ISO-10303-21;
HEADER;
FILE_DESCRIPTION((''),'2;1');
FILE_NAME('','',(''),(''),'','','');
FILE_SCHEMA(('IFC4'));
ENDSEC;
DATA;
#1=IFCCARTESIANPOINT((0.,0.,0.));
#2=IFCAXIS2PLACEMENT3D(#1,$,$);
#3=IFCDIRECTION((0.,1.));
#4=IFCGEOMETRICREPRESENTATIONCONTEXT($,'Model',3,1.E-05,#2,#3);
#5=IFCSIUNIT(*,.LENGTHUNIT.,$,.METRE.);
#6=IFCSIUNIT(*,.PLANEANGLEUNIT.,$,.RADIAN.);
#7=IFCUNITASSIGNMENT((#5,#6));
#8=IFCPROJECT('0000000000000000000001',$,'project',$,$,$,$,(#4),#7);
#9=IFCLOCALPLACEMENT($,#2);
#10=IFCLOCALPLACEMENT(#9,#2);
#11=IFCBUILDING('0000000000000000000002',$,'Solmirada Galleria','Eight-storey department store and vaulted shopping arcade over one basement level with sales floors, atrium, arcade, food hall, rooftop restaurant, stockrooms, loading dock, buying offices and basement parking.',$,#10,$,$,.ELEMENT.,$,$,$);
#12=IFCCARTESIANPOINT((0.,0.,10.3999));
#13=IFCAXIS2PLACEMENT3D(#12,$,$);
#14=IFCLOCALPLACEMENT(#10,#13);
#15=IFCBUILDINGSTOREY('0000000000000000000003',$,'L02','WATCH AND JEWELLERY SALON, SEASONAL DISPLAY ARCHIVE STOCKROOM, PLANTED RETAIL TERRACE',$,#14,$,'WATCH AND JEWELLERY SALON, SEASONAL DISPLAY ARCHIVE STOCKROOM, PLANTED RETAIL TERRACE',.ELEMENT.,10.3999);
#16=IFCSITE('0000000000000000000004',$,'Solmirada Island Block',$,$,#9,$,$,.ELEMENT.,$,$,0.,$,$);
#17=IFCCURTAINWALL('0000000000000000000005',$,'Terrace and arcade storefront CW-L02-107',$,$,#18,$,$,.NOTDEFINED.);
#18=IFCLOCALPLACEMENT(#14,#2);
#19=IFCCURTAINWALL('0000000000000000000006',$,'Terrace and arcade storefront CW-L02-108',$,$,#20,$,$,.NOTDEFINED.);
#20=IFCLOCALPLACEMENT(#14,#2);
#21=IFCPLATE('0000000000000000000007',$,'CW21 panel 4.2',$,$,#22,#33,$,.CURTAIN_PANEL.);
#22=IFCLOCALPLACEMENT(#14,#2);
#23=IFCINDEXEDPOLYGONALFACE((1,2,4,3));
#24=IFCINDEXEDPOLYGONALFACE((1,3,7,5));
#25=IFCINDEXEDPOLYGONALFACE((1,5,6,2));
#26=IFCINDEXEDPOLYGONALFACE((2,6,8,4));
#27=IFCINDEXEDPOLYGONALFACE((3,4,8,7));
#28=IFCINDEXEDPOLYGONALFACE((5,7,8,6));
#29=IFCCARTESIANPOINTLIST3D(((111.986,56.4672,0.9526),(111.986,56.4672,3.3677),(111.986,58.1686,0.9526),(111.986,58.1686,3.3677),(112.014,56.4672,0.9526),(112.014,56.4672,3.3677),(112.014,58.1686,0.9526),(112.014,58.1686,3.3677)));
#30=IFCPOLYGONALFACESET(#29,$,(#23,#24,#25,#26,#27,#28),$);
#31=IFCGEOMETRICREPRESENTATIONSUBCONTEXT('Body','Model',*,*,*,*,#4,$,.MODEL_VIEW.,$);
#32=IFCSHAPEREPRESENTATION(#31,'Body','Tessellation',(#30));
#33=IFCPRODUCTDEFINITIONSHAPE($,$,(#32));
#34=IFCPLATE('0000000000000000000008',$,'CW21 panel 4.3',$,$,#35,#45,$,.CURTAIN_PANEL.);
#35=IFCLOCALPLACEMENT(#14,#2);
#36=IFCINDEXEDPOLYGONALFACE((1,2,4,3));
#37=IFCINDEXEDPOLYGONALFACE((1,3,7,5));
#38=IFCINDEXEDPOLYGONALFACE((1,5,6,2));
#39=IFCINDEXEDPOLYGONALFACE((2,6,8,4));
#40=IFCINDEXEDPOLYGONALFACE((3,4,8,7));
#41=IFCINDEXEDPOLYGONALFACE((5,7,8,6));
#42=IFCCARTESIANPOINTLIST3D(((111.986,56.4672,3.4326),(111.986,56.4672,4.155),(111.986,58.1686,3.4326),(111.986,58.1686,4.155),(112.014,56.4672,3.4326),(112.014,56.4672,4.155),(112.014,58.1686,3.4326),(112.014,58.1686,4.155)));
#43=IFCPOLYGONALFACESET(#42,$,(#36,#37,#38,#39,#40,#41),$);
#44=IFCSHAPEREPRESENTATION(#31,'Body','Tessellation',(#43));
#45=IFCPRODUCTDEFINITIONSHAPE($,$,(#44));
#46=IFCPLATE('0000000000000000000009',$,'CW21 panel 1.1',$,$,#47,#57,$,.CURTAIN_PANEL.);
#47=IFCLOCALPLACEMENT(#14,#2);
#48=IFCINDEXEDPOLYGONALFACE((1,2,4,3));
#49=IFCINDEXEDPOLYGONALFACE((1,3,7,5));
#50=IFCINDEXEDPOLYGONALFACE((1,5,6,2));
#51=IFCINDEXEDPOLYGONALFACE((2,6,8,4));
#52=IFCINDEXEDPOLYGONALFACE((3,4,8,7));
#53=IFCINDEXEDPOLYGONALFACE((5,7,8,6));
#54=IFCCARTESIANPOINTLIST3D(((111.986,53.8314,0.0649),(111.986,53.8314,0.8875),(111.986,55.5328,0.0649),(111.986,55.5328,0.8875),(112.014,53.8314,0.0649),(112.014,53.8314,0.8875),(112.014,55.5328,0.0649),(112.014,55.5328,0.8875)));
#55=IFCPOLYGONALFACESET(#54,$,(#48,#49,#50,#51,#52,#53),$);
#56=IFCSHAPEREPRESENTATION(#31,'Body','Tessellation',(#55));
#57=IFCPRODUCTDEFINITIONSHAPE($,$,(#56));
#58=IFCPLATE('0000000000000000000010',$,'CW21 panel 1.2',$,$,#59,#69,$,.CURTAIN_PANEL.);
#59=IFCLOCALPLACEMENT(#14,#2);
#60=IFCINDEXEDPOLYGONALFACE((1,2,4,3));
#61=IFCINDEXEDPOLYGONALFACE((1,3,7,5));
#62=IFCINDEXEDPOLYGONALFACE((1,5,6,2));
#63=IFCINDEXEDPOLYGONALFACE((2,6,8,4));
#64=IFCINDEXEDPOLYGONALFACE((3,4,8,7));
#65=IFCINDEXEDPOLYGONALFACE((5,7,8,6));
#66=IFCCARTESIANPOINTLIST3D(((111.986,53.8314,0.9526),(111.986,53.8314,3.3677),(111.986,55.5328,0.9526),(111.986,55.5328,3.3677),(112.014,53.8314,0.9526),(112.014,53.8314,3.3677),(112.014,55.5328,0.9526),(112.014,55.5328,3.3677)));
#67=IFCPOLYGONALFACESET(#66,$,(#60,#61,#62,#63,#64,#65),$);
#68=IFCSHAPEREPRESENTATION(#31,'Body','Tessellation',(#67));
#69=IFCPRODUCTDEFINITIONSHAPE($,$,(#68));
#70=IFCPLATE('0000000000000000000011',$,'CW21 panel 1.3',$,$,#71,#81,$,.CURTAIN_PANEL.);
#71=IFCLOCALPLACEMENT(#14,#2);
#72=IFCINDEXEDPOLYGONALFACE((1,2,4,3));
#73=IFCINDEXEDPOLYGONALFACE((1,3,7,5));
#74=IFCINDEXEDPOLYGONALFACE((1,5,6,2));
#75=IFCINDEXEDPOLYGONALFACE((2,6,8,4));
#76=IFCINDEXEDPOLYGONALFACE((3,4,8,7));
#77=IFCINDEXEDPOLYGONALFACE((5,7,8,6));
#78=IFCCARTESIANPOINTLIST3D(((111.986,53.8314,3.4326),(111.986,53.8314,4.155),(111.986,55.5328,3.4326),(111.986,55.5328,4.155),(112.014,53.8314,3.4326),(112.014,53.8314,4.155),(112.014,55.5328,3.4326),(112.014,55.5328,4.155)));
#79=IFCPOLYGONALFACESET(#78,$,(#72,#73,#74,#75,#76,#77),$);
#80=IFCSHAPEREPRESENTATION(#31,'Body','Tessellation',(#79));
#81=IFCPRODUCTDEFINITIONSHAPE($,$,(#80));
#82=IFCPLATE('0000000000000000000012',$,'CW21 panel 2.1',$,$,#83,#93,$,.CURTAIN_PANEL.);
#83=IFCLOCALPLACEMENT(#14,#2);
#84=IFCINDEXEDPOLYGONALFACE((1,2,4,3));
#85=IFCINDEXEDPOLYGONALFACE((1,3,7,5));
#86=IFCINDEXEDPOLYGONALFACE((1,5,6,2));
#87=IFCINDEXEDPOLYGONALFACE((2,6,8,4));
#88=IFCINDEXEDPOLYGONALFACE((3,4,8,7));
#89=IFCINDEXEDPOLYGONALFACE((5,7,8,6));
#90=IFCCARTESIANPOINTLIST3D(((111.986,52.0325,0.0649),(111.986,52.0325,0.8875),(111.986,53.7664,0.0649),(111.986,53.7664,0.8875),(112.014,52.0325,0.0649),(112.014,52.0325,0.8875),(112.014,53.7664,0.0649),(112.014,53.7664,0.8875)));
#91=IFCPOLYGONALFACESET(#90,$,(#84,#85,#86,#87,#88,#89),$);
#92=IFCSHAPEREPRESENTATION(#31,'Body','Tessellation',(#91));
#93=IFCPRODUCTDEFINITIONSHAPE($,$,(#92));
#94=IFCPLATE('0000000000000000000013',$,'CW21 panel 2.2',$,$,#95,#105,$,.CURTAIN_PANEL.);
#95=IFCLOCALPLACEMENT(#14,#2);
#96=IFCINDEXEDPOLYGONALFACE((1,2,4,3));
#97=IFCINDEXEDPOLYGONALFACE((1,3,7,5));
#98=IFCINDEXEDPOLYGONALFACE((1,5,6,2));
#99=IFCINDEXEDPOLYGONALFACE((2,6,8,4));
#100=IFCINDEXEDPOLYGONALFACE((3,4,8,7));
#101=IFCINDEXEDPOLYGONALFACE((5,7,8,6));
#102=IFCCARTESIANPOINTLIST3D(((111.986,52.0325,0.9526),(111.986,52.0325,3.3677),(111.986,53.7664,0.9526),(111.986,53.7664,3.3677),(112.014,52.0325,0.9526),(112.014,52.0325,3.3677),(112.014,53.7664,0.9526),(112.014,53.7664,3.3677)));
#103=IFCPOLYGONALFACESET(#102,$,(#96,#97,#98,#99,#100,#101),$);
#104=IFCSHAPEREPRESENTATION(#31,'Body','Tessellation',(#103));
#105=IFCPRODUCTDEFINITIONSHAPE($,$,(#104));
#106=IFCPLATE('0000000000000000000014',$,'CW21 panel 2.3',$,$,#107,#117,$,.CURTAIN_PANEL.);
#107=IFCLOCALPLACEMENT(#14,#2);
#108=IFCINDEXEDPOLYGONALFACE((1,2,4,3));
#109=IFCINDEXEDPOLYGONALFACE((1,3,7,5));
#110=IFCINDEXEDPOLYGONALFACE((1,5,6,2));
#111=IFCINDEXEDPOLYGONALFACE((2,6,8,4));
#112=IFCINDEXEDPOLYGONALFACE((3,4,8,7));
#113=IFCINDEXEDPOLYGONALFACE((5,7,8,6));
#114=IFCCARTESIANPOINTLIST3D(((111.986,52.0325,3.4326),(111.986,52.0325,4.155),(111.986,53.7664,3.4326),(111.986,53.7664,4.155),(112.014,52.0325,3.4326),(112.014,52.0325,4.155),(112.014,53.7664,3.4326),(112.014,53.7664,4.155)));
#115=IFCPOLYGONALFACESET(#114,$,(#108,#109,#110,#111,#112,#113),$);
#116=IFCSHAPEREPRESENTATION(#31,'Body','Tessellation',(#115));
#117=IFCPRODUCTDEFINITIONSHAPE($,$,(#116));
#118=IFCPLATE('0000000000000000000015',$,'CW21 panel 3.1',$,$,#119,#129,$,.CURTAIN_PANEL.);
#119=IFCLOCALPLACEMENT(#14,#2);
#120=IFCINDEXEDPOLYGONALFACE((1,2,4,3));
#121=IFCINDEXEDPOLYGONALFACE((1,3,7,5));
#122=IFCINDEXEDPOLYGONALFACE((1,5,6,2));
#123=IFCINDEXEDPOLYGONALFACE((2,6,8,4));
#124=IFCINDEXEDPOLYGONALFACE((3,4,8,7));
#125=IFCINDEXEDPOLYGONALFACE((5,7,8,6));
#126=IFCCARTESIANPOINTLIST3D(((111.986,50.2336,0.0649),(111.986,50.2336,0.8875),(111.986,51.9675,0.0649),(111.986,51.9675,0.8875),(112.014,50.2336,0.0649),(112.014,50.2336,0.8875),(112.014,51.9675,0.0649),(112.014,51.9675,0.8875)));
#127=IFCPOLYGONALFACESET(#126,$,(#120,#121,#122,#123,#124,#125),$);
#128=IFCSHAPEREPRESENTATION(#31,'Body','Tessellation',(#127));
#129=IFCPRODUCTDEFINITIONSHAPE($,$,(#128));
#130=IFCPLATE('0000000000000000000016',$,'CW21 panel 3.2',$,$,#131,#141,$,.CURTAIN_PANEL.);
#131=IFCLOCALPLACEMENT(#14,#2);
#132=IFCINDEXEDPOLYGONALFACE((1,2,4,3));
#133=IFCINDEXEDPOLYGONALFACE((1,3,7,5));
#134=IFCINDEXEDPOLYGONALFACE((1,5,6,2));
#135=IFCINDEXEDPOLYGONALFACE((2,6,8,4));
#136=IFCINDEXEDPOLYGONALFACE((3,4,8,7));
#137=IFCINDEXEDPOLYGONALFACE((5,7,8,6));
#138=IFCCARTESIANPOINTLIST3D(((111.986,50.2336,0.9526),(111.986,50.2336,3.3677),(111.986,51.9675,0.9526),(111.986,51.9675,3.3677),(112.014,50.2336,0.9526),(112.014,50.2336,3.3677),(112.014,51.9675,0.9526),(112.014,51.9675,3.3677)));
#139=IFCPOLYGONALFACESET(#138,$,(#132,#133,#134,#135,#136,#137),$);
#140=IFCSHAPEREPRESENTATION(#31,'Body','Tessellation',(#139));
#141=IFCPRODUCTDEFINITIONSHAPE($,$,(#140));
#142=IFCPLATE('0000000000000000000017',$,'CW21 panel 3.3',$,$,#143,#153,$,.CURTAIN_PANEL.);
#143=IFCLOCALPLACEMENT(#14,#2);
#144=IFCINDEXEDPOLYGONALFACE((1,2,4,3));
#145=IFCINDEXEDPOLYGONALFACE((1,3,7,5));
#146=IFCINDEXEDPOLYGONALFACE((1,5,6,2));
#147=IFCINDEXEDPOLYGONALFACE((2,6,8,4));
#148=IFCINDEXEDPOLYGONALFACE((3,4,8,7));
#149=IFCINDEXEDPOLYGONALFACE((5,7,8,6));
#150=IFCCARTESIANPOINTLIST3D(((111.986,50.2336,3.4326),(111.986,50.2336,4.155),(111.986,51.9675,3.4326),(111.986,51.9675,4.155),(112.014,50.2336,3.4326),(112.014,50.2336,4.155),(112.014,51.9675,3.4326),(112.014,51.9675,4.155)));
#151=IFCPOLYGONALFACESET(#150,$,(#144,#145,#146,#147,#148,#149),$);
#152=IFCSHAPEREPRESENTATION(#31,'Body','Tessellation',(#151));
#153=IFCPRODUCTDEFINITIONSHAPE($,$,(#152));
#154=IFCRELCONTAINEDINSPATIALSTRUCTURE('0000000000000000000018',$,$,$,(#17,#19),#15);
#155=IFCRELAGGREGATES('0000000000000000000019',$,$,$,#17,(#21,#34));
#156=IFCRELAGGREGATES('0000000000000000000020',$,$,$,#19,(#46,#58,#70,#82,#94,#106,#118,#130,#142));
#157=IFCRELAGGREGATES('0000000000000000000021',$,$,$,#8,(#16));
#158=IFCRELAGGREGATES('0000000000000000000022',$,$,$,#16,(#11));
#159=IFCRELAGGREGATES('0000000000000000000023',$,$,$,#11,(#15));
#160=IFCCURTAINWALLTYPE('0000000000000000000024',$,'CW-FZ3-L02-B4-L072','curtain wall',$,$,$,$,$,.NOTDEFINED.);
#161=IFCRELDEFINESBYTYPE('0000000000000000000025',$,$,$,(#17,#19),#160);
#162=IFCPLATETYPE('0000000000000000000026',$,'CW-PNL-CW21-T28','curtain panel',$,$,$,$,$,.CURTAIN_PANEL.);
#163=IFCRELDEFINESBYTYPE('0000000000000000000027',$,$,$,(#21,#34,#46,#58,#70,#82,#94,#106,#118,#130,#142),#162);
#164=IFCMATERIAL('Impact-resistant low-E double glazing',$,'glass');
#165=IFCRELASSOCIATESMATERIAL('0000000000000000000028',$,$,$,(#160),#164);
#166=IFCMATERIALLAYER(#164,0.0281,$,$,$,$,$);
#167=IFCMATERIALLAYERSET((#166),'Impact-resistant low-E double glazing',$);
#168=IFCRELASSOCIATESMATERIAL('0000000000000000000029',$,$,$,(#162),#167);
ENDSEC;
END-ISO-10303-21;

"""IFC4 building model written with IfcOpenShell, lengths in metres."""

from ifc_helpers import new_model, si_unit, direction, frame, origin, origin_2d, place, context, subcontext, project, spatial, rectangle, extrude, material, layer, layer_set, type_object, element, aggregate, save


model = new_model("IFC4")

# Units and contexts
model_context = context("Model", 3, precision=1e-05, world=origin(), true_north=direction((0.0, 1.0)))
body_context = subcontext(model_context, "Body", "Model", "MODEL_VIEW")
ifc_project = project(units=[si_unit("LENGTHUNIT", "METRE"), si_unit("PLANEANGLEUNIT", "RADIAN")], contexts=[model_context])

# Site, building, storey
site_placement = place(None, origin())
site = spatial("IfcSite", under=ifc_project, at=site_placement, Name="Solmirada Island Block", CompositionType="ELEMENT", RefElevation=0.0)
building_placement = place(site_placement, origin())
building = spatial("IfcBuilding", under=site, at=building_placement, Name="Solmirada Galleria", Description="Eight-storey department store and vaulted shopping arcade over one basement level with sales floors, atrium, arcade, food hall, rooftop restaurant, stockrooms, loading dock, buying offices and basement parking.", CompositionType="ELEMENT")
storey_placement = place(building_placement, frame((0.0, 0.0, 10.3999)))
storey = spatial("IfcBuildingStorey", under=building, at=storey_placement, Name="L02", Description="WATCH AND JEWELLERY SALON, SEASONAL DISPLAY ARCHIVE STOCKROOM, PLANTED RETAIL TERRACE", LongName="WATCH AND JEWELLERY SALON, SEASONAL DISPLAY ARCHIVE STOCKROOM, PLANTED RETAIL TERRACE", CompositionType="ELEMENT", Elevation=10.3999)

# Curtain walls
ifc_material_1 = material(Name="Impact-resistant low-E double glazing", Category="glass")
curtain_wall_type = type_object("IfcCurtainWallType", Name="CW-FZ3-L02-B4-L072", Description="curtain wall", PredefinedType="NOTDEFINED", material=ifc_material_1)
curtain_wall_1_placement = place(storey_placement, origin())
curtain_wall_1 = element("IfcCurtainWall", 1, at=curtain_wall_1_placement, inside=storey, type_object=curtain_wall_type, Name="Terrace and arcade storefront CW-L02-107", PredefinedType="NOTDEFINED")
curtain_wall_2_placement = place(storey_placement, origin())
curtain_wall_2 = element("IfcCurtainWall", 2, at=curtain_wall_2_placement, inside=storey, type_object=curtain_wall_type, Name="Terrace and arcade storefront CW-L02-108", PredefinedType="NOTDEFINED")

# Plates
ifc_layer = layer(ifc_material_1, 0.0281)
ifc_layer_set = layer_set([ifc_layer], Name="Impact-resistant low-E double glazing")
plate_type = type_object("IfcPlateType", Name="CW-PNL-CW21-T28", Description="curtain panel", PredefinedType="CURTAIN_PANEL", material=ifc_layer_set)
plate_1_placement = place(storey_placement, frame((112.0, 57.3179, 0.9526), z_axis=(0.0, 0.0, 1.0), x_axis=(0.0, -1.0, 0.0)))
plate_1 = element("IfcPlate", 3, at=plate_1_placement, type_object=plate_type, Name="CW21 panel 4.2", PredefinedType="CURTAIN_PANEL", context=body_context, shape_type="SweptSolid", body=[
    extrude(rectangle(XDim=1.7014, YDim=0.0281, at=origin_2d()), origin(), (0.0, 0.0, 1.0), 2.415),
])
plate_2_placement = place(storey_placement, frame((112.0, 57.3179, 3.4326), z_axis=(0.0, 0.0, 1.0), x_axis=(0.0, -1.0, 0.0)))
plate_2 = element("IfcPlate", 4, at=plate_2_placement, type_object=plate_type, Name="CW21 panel 4.3", PredefinedType="CURTAIN_PANEL", context=body_context, shape_type="SweptSolid", body=[
    extrude(rectangle(XDim=1.7014, YDim=0.0281, at=origin_2d()), origin(), (0.0, 0.0, 1.0), 0.7224),
])
aggregate(curtain_wall_1, [plate_1, plate_2])
plate_3_placement = place(storey_placement, frame((112.0, 54.6821, 0.0649), z_axis=(0.0, 0.0, 1.0), x_axis=(0.0, -1.0, 0.0)))
plate_3 = element("IfcPlate", 5, at=plate_3_placement, type_object=plate_type, Name="CW21 panel 1.1", PredefinedType="CURTAIN_PANEL", context=body_context, shape_type="SweptSolid", body=[
    extrude(rectangle(XDim=1.7014, YDim=0.0281, at=origin_2d()), origin(), (0.0, 0.0, 1.0), 0.8225),
])
plate_4_placement = place(storey_placement, frame((112.0, 54.6821, 0.9526), z_axis=(0.0, 0.0, 1.0), x_axis=(0.0, -1.0, 0.0)))
plate_4 = element("IfcPlate", 6, at=plate_4_placement, type_object=plate_type, Name="CW21 panel 1.2", PredefinedType="CURTAIN_PANEL", context=body_context, shape_type="SweptSolid", body=[
    extrude(rectangle(XDim=1.7014, YDim=0.0281, at=origin_2d()), origin(), (0.0, 0.0, 1.0), 2.415),
])
plate_5_placement = place(storey_placement, frame((112.0, 54.6821, 3.4326), z_axis=(0.0, 0.0, 1.0), x_axis=(0.0, -1.0, 0.0)))
plate_5 = element("IfcPlate", 7, at=plate_5_placement, type_object=plate_type, Name="CW21 panel 1.3", PredefinedType="CURTAIN_PANEL", context=body_context, shape_type="SweptSolid", body=[
    extrude(rectangle(XDim=1.7014, YDim=0.0281, at=origin_2d()), origin(), (0.0, 0.0, 1.0), 0.7224),
])
plate_6_placement = place(storey_placement, frame((112.0, 52.8994, 0.0649), z_axis=(0.0, 0.0, 1.0), x_axis=(0.0, -1.0, 0.0)))
plate_6 = element("IfcPlate", 8, at=plate_6_placement, type_object=plate_type, Name="CW21 panel 2.1", PredefinedType="CURTAIN_PANEL", context=body_context, shape_type="SweptSolid", body=[
    extrude(rectangle(XDim=1.7339, YDim=0.0281, at=origin_2d()), origin(), (0.0, 0.0, 1.0), 0.8225),
])
plate_7_placement = place(storey_placement, frame((112.0, 52.8994, 0.9526), z_axis=(0.0, 0.0, 1.0), x_axis=(0.0, -1.0, 0.0)))
plate_7 = element("IfcPlate", 9, at=plate_7_placement, type_object=plate_type, Name="CW21 panel 2.2", PredefinedType="CURTAIN_PANEL", context=body_context, shape_type="SweptSolid", body=[
    extrude(rectangle(XDim=1.7339, YDim=0.0281, at=origin_2d()), origin(), (0.0, 0.0, 1.0), 2.415),
])
plate_8_placement = place(storey_placement, frame((112.0, 52.8994, 3.4326), z_axis=(0.0, 0.0, 1.0), x_axis=(0.0, -1.0, 0.0)))
plate_8 = element("IfcPlate", 10, at=plate_8_placement, type_object=plate_type, Name="CW21 panel 2.3", PredefinedType="CURTAIN_PANEL", context=body_context, shape_type="SweptSolid", body=[
    extrude(rectangle(XDim=1.7339, YDim=0.0281, at=origin_2d()), origin(), (0.0, 0.0, 1.0), 0.7224),
])
plate_9_placement = place(storey_placement, frame((112.0, 51.1006, 0.0649), z_axis=(0.0, 0.0, 1.0), x_axis=(0.0, -1.0, 0.0)))
plate_9 = element("IfcPlate", 11, at=plate_9_placement, type_object=plate_type, Name="CW21 panel 3.1", PredefinedType="CURTAIN_PANEL", context=body_context, shape_type="SweptSolid", body=[
    extrude(rectangle(XDim=1.7339, YDim=0.0281, at=origin_2d()), origin(), (0.0, 0.0, 1.0), 0.8225),
])
plate_10_placement = place(storey_placement, frame((112.0, 51.1006, 0.9526), z_axis=(0.0, 0.0, 1.0), x_axis=(0.0, -1.0, 0.0)))
plate_10 = element("IfcPlate", 12, at=plate_10_placement, type_object=plate_type, Name="CW21 panel 3.2", PredefinedType="CURTAIN_PANEL", context=body_context, shape_type="SweptSolid", body=[
    extrude(rectangle(XDim=1.7339, YDim=0.0281, at=origin_2d()), origin(), (0.0, 0.0, 1.0), 2.415),
])
plate_11_placement = place(storey_placement, frame((112.0, 51.1006, 3.4326), z_axis=(0.0, 0.0, 1.0), x_axis=(0.0, -1.0, 0.0)))
plate_11 = element("IfcPlate", 13, at=plate_11_placement, type_object=plate_type, Name="CW21 panel 3.3", PredefinedType="CURTAIN_PANEL", context=body_context, shape_type="SweptSolid", body=[
    extrude(rectangle(XDim=1.7339, YDim=0.0281, at=origin_2d()), origin(), (0.0, 0.0, 1.0), 0.7224),
])
aggregate(curtain_wall_2, [plate_3, plate_4, plate_5, plate_6, plate_7, plate_8, plate_9, plate_10, plate_11])

save(model, "model.ifc")
